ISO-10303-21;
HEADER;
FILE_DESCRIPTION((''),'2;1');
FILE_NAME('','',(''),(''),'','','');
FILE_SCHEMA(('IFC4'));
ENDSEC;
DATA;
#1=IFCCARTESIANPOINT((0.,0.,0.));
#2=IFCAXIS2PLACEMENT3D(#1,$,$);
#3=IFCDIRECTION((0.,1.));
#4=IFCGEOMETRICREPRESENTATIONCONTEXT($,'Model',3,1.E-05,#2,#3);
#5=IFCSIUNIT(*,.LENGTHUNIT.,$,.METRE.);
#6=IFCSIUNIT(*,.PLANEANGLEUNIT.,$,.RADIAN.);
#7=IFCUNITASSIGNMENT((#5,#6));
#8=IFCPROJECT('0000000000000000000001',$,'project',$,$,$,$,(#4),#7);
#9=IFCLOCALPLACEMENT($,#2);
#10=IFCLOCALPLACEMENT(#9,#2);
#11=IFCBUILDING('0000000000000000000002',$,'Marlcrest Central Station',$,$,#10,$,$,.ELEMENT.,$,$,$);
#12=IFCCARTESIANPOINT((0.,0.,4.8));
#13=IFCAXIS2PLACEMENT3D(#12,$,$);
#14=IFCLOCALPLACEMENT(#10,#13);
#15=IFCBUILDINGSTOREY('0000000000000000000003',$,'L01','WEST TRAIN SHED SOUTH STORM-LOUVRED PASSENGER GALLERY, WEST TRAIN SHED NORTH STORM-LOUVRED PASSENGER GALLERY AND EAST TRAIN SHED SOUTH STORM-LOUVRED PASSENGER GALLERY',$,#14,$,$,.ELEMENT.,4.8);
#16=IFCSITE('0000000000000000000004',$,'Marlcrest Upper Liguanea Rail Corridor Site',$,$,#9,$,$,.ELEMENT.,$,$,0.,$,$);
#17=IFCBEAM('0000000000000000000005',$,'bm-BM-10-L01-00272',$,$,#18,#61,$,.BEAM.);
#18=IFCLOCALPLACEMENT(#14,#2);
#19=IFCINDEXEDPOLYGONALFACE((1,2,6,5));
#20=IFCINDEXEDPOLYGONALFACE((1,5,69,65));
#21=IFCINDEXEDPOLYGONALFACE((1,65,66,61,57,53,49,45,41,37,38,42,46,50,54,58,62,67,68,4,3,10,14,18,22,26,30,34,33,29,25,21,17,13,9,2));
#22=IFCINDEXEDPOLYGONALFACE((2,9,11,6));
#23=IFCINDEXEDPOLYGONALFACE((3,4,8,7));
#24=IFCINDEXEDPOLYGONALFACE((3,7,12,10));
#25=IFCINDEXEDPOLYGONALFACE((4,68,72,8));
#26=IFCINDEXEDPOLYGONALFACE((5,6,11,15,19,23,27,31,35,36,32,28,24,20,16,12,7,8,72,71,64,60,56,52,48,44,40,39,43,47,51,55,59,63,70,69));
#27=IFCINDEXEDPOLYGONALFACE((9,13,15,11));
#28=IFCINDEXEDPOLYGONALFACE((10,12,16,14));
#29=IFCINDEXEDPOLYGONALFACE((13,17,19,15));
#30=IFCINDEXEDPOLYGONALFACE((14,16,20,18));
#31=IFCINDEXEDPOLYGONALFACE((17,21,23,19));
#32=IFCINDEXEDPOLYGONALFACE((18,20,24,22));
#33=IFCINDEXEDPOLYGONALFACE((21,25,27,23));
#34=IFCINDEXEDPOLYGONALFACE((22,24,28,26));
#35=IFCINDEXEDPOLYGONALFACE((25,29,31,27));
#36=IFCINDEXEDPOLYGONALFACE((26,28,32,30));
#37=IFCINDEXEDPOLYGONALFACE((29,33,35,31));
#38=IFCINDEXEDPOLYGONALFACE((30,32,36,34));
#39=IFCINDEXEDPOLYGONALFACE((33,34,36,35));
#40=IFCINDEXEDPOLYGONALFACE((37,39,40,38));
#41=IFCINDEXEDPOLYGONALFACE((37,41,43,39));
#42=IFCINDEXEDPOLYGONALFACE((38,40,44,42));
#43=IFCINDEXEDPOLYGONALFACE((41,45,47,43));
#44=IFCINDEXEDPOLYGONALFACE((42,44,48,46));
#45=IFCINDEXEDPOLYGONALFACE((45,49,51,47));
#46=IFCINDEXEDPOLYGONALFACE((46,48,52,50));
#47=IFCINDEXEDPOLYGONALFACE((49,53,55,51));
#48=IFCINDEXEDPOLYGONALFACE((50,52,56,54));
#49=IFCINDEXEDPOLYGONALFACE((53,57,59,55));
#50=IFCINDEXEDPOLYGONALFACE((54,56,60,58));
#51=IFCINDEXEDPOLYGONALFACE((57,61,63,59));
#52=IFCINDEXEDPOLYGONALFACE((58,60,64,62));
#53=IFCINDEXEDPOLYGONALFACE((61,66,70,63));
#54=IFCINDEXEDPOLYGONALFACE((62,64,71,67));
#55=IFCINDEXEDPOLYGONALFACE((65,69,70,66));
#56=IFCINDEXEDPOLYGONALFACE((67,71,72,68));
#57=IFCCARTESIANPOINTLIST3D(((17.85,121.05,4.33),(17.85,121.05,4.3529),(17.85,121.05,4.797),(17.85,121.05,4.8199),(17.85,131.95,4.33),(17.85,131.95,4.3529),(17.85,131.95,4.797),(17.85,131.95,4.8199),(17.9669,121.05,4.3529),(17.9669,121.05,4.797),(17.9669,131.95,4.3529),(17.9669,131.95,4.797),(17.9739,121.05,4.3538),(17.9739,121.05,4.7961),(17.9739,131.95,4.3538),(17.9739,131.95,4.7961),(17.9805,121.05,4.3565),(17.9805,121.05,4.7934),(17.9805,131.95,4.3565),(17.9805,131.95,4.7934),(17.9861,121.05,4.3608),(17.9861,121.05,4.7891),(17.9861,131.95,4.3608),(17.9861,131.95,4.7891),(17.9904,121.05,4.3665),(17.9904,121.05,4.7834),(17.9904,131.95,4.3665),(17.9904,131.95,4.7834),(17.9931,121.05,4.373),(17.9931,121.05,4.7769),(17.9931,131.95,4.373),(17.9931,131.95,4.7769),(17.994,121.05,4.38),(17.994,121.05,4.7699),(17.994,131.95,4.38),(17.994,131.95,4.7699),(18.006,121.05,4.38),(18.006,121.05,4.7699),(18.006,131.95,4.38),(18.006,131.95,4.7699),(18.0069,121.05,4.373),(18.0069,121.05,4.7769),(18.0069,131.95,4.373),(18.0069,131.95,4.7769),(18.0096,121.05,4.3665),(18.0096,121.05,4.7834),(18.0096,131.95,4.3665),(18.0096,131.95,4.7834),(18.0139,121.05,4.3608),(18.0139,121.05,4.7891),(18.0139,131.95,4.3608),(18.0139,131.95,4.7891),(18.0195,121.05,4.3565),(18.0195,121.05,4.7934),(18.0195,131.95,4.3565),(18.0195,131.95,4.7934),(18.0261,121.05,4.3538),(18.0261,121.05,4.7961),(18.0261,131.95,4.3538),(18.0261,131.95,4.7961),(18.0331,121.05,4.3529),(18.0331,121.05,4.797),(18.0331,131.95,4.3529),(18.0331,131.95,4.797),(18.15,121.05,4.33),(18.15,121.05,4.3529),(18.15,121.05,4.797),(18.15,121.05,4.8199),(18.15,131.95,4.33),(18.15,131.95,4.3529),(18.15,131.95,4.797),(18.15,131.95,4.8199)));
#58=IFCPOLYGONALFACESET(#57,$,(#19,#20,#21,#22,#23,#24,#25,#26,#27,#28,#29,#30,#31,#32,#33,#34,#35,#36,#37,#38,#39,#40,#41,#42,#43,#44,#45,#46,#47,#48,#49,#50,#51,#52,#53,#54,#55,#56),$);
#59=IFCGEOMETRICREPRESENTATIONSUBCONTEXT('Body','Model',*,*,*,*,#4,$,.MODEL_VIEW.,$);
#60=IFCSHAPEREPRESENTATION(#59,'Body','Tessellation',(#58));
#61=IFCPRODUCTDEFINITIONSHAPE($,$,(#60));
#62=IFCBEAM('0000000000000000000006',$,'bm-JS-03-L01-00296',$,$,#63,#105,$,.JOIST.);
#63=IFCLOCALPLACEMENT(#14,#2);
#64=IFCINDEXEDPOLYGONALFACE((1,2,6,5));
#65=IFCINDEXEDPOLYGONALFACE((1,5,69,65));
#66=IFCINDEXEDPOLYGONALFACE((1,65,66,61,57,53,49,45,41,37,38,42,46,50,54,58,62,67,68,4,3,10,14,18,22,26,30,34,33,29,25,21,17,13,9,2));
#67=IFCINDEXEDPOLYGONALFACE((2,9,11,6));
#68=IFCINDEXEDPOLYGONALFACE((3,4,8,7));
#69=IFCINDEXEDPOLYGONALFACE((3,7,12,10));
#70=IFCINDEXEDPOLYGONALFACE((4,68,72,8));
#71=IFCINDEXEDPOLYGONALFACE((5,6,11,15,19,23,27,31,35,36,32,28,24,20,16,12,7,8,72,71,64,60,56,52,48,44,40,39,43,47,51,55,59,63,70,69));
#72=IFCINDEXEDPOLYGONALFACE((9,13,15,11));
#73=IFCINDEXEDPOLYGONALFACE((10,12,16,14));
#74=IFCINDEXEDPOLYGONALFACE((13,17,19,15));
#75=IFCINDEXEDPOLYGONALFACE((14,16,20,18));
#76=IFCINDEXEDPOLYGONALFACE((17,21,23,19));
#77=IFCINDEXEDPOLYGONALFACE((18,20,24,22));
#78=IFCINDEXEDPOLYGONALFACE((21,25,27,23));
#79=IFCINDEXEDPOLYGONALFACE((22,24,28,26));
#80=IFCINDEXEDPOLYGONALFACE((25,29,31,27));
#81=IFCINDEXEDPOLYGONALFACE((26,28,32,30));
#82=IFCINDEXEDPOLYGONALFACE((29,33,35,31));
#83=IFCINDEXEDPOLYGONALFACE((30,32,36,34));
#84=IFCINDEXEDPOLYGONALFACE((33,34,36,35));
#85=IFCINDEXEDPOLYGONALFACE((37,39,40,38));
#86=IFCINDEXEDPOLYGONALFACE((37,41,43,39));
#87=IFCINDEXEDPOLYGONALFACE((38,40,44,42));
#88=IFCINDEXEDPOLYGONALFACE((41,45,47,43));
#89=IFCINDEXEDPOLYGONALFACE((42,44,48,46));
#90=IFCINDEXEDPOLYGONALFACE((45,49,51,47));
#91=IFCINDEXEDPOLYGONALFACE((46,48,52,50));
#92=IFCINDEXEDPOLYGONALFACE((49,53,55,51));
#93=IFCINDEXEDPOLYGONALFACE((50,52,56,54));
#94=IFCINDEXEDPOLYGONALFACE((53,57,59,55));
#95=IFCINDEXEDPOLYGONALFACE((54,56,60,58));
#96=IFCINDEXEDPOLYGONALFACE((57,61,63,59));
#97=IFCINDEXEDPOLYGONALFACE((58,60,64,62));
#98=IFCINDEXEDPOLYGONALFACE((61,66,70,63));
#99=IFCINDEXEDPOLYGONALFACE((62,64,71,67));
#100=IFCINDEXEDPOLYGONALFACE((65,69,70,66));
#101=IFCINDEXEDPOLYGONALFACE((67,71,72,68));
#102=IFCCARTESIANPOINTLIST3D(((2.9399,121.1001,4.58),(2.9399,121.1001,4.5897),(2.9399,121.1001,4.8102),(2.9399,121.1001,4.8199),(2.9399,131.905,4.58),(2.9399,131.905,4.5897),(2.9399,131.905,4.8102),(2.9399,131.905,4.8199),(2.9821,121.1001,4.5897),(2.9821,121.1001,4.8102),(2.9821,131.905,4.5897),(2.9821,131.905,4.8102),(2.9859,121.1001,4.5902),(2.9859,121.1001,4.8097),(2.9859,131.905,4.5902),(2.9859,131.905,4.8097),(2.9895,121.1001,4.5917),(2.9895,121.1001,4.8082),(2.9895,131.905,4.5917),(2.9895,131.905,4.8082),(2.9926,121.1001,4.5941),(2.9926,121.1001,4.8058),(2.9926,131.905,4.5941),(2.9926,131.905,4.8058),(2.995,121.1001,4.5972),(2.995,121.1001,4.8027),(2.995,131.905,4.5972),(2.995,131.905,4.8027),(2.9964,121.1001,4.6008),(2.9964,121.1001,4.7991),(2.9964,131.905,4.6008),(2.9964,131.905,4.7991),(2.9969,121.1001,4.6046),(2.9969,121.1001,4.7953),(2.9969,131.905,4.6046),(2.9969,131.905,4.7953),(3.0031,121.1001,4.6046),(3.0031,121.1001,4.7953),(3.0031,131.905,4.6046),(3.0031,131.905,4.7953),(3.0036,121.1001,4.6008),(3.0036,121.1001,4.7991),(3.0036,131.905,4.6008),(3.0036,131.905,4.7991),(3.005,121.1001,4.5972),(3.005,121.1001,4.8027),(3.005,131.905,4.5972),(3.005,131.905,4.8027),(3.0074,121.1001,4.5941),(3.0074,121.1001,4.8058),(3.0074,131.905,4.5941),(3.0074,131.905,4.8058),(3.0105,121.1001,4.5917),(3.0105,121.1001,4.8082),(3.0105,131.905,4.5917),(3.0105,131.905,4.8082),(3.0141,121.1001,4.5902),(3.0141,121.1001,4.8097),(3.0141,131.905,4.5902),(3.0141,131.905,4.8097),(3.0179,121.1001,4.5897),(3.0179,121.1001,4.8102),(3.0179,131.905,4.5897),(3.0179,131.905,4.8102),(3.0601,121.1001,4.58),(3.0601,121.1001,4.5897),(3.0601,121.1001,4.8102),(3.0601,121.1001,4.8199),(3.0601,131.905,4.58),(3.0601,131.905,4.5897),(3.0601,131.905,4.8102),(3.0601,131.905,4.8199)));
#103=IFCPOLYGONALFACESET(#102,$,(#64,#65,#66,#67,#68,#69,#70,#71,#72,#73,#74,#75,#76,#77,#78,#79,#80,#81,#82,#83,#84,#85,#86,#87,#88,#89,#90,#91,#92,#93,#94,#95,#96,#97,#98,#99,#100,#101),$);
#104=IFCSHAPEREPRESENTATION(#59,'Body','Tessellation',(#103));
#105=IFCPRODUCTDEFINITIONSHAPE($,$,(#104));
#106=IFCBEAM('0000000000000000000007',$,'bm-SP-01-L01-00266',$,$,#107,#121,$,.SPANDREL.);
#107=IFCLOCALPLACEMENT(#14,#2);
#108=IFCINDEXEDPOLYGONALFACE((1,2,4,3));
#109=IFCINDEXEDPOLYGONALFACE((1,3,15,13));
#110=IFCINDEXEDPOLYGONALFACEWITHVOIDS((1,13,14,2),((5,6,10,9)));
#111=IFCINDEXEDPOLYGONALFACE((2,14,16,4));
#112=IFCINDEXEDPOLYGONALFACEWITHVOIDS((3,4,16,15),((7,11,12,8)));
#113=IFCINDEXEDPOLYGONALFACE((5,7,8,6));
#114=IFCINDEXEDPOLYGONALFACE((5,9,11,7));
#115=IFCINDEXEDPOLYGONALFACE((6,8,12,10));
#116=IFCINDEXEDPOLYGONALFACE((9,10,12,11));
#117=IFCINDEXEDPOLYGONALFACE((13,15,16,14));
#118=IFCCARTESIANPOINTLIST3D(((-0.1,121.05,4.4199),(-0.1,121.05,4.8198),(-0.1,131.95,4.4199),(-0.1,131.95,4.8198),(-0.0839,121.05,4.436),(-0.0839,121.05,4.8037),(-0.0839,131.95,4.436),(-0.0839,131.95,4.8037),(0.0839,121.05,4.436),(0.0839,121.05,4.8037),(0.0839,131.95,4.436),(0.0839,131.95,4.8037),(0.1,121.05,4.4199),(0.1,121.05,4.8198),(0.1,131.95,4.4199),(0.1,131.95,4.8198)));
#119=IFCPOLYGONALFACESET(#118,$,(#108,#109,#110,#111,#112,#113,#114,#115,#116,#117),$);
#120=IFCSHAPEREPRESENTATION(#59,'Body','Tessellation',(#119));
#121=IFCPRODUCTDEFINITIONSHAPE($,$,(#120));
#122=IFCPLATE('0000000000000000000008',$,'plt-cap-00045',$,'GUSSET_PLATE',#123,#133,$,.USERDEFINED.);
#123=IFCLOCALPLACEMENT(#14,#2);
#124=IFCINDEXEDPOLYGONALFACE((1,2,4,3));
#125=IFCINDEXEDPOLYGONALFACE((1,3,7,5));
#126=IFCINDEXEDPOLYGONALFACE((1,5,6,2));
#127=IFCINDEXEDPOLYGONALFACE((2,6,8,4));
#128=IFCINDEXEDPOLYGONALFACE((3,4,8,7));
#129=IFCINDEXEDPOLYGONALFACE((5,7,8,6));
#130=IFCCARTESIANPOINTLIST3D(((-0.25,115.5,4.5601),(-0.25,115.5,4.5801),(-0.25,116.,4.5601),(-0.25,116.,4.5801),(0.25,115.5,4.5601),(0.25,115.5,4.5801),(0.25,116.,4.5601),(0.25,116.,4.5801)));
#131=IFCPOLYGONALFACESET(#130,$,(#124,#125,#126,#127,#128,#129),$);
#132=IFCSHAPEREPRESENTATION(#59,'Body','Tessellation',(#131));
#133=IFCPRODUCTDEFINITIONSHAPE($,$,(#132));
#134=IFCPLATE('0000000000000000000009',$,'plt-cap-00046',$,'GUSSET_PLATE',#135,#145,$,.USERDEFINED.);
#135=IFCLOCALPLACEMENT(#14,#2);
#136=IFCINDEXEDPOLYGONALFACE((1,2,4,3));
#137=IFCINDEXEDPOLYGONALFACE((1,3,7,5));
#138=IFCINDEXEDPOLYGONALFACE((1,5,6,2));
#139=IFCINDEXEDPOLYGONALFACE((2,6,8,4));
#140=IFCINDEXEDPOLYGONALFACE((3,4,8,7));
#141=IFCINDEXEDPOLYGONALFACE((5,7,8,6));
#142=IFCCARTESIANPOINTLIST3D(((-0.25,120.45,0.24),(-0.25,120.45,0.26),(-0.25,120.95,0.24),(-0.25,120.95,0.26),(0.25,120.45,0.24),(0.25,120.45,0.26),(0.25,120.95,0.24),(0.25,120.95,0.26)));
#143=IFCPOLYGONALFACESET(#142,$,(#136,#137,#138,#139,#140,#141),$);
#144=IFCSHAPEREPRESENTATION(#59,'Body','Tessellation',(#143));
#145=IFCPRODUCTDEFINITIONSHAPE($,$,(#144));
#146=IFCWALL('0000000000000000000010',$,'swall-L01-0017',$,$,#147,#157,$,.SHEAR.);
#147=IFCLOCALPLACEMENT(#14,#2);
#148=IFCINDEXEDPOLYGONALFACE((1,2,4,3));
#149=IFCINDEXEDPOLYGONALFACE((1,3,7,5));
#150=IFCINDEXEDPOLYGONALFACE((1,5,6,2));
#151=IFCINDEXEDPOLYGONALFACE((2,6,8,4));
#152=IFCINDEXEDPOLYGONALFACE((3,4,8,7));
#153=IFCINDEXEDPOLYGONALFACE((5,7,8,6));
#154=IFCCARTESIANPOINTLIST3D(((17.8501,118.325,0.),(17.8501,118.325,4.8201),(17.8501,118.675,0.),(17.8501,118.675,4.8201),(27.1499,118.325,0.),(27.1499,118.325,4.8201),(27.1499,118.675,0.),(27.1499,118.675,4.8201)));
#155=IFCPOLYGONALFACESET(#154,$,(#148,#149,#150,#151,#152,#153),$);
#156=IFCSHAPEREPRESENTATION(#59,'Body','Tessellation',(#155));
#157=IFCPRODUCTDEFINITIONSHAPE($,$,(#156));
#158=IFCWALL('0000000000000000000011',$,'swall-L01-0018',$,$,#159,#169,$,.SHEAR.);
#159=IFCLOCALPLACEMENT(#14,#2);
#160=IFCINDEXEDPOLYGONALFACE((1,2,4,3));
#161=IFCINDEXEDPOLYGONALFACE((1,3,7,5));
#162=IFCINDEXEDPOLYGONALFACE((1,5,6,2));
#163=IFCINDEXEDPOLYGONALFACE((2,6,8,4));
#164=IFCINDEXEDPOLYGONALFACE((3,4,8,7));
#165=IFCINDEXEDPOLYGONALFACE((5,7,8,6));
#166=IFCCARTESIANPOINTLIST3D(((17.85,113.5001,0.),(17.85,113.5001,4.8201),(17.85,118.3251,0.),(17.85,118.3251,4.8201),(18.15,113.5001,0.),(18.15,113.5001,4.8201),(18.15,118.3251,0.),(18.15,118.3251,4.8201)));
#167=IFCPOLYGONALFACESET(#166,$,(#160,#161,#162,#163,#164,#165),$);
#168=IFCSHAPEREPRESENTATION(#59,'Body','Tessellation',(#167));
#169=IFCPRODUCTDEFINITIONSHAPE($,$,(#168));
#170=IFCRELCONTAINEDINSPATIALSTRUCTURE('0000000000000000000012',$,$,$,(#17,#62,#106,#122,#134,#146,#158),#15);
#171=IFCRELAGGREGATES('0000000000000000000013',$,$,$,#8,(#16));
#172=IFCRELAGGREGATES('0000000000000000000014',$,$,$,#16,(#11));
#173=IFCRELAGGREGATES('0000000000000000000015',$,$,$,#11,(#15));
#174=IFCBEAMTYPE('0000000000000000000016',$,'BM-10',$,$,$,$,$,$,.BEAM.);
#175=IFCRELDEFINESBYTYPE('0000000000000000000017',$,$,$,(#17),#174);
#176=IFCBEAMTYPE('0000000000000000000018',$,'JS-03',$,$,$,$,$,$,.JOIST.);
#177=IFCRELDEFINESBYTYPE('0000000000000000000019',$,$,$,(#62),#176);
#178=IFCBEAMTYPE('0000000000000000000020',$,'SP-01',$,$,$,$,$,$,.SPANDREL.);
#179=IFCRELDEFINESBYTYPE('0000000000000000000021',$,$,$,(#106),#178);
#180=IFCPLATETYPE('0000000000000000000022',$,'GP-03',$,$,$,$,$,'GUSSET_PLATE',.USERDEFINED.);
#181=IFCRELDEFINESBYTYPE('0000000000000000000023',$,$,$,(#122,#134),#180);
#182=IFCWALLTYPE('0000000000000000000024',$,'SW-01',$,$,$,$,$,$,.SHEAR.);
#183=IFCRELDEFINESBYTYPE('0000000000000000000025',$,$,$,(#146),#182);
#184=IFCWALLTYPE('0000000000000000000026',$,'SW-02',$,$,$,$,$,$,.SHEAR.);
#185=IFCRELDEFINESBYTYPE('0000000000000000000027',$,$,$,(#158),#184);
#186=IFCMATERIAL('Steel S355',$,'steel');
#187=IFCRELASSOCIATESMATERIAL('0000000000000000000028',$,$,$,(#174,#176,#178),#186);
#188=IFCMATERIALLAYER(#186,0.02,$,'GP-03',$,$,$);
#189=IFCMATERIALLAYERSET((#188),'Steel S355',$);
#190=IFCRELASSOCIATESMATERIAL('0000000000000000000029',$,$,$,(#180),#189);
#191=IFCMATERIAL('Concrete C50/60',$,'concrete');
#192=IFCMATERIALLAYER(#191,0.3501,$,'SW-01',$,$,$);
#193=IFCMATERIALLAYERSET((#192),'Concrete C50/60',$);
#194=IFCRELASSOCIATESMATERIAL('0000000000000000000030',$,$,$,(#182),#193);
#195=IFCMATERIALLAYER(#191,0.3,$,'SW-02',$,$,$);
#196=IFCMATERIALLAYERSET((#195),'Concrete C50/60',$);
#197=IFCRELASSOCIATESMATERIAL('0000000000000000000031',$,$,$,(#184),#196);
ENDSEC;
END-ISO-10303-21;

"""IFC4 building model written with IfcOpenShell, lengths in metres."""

from ifc_helpers import new_model, si_unit, direction, frame, frame_2d, origin, origin_2d, place, context, subcontext, project, spatial, rectangle, hollow_rectangle, i_section, extrude, material, layer, layer_set, material_profile, profile_set, type_object, element, save


model = new_model("IFC4")

# Units and contexts
model_context = context("Model", 3, precision=1e-05, world=origin(), true_north=direction((0.0, 1.0)))
body_context = subcontext(model_context, "Body", "Model", "MODEL_VIEW")
ifc_project = project(units=[si_unit("LENGTHUNIT", "METRE"), si_unit("PLANEANGLEUNIT", "RADIAN")], contexts=[model_context])

# Site, building, storey
site_placement = place(None, origin())
site = spatial("IfcSite", under=ifc_project, at=site_placement, Name="Marlcrest Upper Liguanea Rail Corridor Site", CompositionType="ELEMENT", RefElevation=0.0)
building_placement = place(site_placement, origin())
building = spatial("IfcBuilding", under=site, at=building_placement, Name="Marlcrest Central Station", CompositionType="ELEMENT")
storey_placement = place(building_placement, frame((0.0, 0.0, 4.8)))
storey = spatial("IfcBuildingStorey", under=building, at=storey_placement, Name="L01", Description="WEST TRAIN SHED SOUTH STORM-LOUVRED PASSENGER GALLERY, WEST TRAIN SHED NORTH STORM-LOUVRED PASSENGER GALLERY AND EAST TRAIN SHED SOUTH STORM-LOUVRED PASSENGER GALLERY", CompositionType="ELEMENT", Elevation=4.8)

# Shared definitions
ifc_material_1 = material(Name="Steel S355", Category="steel")

# Beams
ifc_material_profile_1 = material_profile(ifc_material_1, i_section(OverallWidth=0.3, OverallDepth=0.49, WebThickness=0.012, FlangeThickness=0.0229, FilletRadius=0.0271, at=origin_2d()), Name="HEA 500")
ifc_profile_set_1 = profile_set([ifc_material_profile_1], Name="Steel S355")
beam_type_1 = type_object("IfcBeamType", Name="BM-10", PredefinedType="BEAM", material=ifc_profile_set_1)
for number, where, z_axis, x_axis, name in (
    (1, (18.0, 121.05, 4.575), (0.0, 1.0, 0.0), (-1.0, 0.0, 0.0), "bm-BM-10-L01-00272"),
):
    element("IfcBeam", number, at=place(storey_placement, frame(where, z_axis=z_axis, x_axis=x_axis)), inside=storey, type_object=beam_type_1, Name=name, PredefinedType="BEAM", context=body_context, shape_type="SweptSolid", body=[
        extrude(i_section(OverallWidth=0.3, OverallDepth=0.49, WebThickness=0.012, FlangeThickness=0.0229, FilletRadius=0.0271, at=origin_2d()), origin(), (0.0, 0.0, 1.0), 10.8999),
    ])
ifc_material_profile_2 = material_profile(ifc_material_1, i_section(OverallWidth=0.1201, OverallDepth=0.24, WebThickness=0.0061, FlangeThickness=0.0098, FilletRadius=0.0149, at=origin_2d()), Name="IPE 240")
ifc_profile_set_2 = profile_set([ifc_material_profile_2], Name="Steel S355")
beam_type_2 = type_object("IfcBeamType", Name="JS-03", PredefinedType="JOIST", material=ifc_profile_set_2)
beam_1_placement = place(storey_placement, frame((3.0, 121.1001, 4.7), z_axis=(0.0, 1.0, 0.0), x_axis=(-1.0, 0.0, 0.0)))
element("IfcBeam", 2, at=beam_1_placement, inside=storey, type_object=beam_type_2, Name="bm-JS-03-L01-00296", PredefinedType="JOIST", context=body_context, shape_type="SweptSolid", body=[
    extrude(i_section(OverallWidth=0.1201, OverallDepth=0.24, WebThickness=0.0061, FlangeThickness=0.0098, FilletRadius=0.0149, at=origin_2d()), origin(), (0.0, 0.0, 1.0), 10.8049),
])
ifc_material_profile_3 = material_profile(ifc_material_1, hollow_rectangle(XDim=0.2, YDim=0.3999, WallThickness=0.0161, at=origin_2d()), Name="RHS 400x200x16")
ifc_profile_set_3 = profile_set([ifc_material_profile_3], Name="Steel S355")
beam_type_3 = type_object("IfcBeamType", Name="SP-01", PredefinedType="SPANDREL", material=ifc_profile_set_3)
beam_2_placement = place(storey_placement, frame((0.0, 121.05, 4.6199), z_axis=(0.0, 1.0, 0.0), x_axis=(-1.0, 0.0, 0.0)))
element("IfcBeam", 3, at=beam_2_placement, inside=storey, type_object=beam_type_3, Name="bm-SP-01-L01-00266", PredefinedType="SPANDREL", context=body_context, shape_type="SweptSolid", body=[
    extrude(hollow_rectangle(XDim=0.2, YDim=0.3999, WallThickness=0.0161, at=origin_2d()), origin(), (0.0, 0.0, 1.0), 10.8999),
])

# Plates
ifc_layer_1 = layer(ifc_material_1, 0.02, Name="GP-03")
ifc_layer_set_1 = layer_set([ifc_layer_1], Name="Steel S355")
plate_type = type_object("IfcPlateType", Name="GP-03", ElementType="GUSSET_PLATE", PredefinedType="USERDEFINED", material=ifc_layer_set_1)
for number, where, z_axis, x_axis, name in (
    (4, (0.0, 115.75, 4.5601), (0.0, 0.0, 1.0), (1.0, 0.0, 0.0), "plt-cap-00045"),
    (5, (0.0, 120.7, 0.24), (0.0, 0.0, 1.0), (1.0, 0.0, 0.0), "plt-cap-00046"),
):
    element("IfcPlate", number, at=place(storey_placement, frame(where, z_axis=z_axis, x_axis=x_axis)), inside=storey, type_object=plate_type, Name=name, ObjectType="GUSSET_PLATE", PredefinedType="USERDEFINED", context=body_context, shape_type="SweptSolid", body=[
        extrude(rectangle(XDim=0.5, YDim=0.5, at=origin_2d()), origin(), (0.0, 0.0, 1.0), 0.02),
    ])

# Walls
ifc_material_2 = material(Name="Concrete C50/60", Category="concrete")
ifc_layer_2 = layer(ifc_material_2, 0.3501, Name="SW-01")
ifc_layer_set_2 = layer_set([ifc_layer_2], Name="Concrete C50/60")
wall_type_1 = type_object("IfcWallType", Name="SW-01", PredefinedType="SHEAR", material=ifc_layer_set_2)
wall_1_placement = place(storey_placement, frame((17.8501, 118.5, 0.0), z_axis=(0.0, 0.0, 1.0), x_axis=(1.0, 0.0, 0.0)))
element("IfcWall", 6, at=wall_1_placement, inside=storey, type_object=wall_type_1, Name="swall-L01-0017", PredefinedType="SHEAR", context=body_context, shape_type="SweptSolid", body=[
    extrude(rectangle(XDim=9.2998, YDim=0.3501, at=frame_2d((4.6499, 0.0))), origin(), (0.0, 0.0, 1.0), 4.8201),
])
ifc_layer_3 = layer(ifc_material_2, 0.3, Name="SW-02")
ifc_layer_set_3 = layer_set([ifc_layer_3], Name="Concrete C50/60")
wall_type_2 = type_object("IfcWallType", Name="SW-02", PredefinedType="SHEAR", material=ifc_layer_set_3)
wall_2_placement = place(storey_placement, frame((18.0, 113.5, 0.0), z_axis=(0.0, 0.0, 1.0), x_axis=(0.0, 1.0, 0.0)))
element("IfcWall", 7, at=wall_2_placement, inside=storey, type_object=wall_type_2, Name="swall-L01-0018", PredefinedType="SHEAR", context=body_context, shape_type="SweptSolid", body=[
    extrude(rectangle(XDim=4.825, YDim=0.3, at=frame_2d((2.4126, 0.0))), origin(), (0.0, 0.0, 1.0), 4.8201),
])

save(model, "model.ifc")
